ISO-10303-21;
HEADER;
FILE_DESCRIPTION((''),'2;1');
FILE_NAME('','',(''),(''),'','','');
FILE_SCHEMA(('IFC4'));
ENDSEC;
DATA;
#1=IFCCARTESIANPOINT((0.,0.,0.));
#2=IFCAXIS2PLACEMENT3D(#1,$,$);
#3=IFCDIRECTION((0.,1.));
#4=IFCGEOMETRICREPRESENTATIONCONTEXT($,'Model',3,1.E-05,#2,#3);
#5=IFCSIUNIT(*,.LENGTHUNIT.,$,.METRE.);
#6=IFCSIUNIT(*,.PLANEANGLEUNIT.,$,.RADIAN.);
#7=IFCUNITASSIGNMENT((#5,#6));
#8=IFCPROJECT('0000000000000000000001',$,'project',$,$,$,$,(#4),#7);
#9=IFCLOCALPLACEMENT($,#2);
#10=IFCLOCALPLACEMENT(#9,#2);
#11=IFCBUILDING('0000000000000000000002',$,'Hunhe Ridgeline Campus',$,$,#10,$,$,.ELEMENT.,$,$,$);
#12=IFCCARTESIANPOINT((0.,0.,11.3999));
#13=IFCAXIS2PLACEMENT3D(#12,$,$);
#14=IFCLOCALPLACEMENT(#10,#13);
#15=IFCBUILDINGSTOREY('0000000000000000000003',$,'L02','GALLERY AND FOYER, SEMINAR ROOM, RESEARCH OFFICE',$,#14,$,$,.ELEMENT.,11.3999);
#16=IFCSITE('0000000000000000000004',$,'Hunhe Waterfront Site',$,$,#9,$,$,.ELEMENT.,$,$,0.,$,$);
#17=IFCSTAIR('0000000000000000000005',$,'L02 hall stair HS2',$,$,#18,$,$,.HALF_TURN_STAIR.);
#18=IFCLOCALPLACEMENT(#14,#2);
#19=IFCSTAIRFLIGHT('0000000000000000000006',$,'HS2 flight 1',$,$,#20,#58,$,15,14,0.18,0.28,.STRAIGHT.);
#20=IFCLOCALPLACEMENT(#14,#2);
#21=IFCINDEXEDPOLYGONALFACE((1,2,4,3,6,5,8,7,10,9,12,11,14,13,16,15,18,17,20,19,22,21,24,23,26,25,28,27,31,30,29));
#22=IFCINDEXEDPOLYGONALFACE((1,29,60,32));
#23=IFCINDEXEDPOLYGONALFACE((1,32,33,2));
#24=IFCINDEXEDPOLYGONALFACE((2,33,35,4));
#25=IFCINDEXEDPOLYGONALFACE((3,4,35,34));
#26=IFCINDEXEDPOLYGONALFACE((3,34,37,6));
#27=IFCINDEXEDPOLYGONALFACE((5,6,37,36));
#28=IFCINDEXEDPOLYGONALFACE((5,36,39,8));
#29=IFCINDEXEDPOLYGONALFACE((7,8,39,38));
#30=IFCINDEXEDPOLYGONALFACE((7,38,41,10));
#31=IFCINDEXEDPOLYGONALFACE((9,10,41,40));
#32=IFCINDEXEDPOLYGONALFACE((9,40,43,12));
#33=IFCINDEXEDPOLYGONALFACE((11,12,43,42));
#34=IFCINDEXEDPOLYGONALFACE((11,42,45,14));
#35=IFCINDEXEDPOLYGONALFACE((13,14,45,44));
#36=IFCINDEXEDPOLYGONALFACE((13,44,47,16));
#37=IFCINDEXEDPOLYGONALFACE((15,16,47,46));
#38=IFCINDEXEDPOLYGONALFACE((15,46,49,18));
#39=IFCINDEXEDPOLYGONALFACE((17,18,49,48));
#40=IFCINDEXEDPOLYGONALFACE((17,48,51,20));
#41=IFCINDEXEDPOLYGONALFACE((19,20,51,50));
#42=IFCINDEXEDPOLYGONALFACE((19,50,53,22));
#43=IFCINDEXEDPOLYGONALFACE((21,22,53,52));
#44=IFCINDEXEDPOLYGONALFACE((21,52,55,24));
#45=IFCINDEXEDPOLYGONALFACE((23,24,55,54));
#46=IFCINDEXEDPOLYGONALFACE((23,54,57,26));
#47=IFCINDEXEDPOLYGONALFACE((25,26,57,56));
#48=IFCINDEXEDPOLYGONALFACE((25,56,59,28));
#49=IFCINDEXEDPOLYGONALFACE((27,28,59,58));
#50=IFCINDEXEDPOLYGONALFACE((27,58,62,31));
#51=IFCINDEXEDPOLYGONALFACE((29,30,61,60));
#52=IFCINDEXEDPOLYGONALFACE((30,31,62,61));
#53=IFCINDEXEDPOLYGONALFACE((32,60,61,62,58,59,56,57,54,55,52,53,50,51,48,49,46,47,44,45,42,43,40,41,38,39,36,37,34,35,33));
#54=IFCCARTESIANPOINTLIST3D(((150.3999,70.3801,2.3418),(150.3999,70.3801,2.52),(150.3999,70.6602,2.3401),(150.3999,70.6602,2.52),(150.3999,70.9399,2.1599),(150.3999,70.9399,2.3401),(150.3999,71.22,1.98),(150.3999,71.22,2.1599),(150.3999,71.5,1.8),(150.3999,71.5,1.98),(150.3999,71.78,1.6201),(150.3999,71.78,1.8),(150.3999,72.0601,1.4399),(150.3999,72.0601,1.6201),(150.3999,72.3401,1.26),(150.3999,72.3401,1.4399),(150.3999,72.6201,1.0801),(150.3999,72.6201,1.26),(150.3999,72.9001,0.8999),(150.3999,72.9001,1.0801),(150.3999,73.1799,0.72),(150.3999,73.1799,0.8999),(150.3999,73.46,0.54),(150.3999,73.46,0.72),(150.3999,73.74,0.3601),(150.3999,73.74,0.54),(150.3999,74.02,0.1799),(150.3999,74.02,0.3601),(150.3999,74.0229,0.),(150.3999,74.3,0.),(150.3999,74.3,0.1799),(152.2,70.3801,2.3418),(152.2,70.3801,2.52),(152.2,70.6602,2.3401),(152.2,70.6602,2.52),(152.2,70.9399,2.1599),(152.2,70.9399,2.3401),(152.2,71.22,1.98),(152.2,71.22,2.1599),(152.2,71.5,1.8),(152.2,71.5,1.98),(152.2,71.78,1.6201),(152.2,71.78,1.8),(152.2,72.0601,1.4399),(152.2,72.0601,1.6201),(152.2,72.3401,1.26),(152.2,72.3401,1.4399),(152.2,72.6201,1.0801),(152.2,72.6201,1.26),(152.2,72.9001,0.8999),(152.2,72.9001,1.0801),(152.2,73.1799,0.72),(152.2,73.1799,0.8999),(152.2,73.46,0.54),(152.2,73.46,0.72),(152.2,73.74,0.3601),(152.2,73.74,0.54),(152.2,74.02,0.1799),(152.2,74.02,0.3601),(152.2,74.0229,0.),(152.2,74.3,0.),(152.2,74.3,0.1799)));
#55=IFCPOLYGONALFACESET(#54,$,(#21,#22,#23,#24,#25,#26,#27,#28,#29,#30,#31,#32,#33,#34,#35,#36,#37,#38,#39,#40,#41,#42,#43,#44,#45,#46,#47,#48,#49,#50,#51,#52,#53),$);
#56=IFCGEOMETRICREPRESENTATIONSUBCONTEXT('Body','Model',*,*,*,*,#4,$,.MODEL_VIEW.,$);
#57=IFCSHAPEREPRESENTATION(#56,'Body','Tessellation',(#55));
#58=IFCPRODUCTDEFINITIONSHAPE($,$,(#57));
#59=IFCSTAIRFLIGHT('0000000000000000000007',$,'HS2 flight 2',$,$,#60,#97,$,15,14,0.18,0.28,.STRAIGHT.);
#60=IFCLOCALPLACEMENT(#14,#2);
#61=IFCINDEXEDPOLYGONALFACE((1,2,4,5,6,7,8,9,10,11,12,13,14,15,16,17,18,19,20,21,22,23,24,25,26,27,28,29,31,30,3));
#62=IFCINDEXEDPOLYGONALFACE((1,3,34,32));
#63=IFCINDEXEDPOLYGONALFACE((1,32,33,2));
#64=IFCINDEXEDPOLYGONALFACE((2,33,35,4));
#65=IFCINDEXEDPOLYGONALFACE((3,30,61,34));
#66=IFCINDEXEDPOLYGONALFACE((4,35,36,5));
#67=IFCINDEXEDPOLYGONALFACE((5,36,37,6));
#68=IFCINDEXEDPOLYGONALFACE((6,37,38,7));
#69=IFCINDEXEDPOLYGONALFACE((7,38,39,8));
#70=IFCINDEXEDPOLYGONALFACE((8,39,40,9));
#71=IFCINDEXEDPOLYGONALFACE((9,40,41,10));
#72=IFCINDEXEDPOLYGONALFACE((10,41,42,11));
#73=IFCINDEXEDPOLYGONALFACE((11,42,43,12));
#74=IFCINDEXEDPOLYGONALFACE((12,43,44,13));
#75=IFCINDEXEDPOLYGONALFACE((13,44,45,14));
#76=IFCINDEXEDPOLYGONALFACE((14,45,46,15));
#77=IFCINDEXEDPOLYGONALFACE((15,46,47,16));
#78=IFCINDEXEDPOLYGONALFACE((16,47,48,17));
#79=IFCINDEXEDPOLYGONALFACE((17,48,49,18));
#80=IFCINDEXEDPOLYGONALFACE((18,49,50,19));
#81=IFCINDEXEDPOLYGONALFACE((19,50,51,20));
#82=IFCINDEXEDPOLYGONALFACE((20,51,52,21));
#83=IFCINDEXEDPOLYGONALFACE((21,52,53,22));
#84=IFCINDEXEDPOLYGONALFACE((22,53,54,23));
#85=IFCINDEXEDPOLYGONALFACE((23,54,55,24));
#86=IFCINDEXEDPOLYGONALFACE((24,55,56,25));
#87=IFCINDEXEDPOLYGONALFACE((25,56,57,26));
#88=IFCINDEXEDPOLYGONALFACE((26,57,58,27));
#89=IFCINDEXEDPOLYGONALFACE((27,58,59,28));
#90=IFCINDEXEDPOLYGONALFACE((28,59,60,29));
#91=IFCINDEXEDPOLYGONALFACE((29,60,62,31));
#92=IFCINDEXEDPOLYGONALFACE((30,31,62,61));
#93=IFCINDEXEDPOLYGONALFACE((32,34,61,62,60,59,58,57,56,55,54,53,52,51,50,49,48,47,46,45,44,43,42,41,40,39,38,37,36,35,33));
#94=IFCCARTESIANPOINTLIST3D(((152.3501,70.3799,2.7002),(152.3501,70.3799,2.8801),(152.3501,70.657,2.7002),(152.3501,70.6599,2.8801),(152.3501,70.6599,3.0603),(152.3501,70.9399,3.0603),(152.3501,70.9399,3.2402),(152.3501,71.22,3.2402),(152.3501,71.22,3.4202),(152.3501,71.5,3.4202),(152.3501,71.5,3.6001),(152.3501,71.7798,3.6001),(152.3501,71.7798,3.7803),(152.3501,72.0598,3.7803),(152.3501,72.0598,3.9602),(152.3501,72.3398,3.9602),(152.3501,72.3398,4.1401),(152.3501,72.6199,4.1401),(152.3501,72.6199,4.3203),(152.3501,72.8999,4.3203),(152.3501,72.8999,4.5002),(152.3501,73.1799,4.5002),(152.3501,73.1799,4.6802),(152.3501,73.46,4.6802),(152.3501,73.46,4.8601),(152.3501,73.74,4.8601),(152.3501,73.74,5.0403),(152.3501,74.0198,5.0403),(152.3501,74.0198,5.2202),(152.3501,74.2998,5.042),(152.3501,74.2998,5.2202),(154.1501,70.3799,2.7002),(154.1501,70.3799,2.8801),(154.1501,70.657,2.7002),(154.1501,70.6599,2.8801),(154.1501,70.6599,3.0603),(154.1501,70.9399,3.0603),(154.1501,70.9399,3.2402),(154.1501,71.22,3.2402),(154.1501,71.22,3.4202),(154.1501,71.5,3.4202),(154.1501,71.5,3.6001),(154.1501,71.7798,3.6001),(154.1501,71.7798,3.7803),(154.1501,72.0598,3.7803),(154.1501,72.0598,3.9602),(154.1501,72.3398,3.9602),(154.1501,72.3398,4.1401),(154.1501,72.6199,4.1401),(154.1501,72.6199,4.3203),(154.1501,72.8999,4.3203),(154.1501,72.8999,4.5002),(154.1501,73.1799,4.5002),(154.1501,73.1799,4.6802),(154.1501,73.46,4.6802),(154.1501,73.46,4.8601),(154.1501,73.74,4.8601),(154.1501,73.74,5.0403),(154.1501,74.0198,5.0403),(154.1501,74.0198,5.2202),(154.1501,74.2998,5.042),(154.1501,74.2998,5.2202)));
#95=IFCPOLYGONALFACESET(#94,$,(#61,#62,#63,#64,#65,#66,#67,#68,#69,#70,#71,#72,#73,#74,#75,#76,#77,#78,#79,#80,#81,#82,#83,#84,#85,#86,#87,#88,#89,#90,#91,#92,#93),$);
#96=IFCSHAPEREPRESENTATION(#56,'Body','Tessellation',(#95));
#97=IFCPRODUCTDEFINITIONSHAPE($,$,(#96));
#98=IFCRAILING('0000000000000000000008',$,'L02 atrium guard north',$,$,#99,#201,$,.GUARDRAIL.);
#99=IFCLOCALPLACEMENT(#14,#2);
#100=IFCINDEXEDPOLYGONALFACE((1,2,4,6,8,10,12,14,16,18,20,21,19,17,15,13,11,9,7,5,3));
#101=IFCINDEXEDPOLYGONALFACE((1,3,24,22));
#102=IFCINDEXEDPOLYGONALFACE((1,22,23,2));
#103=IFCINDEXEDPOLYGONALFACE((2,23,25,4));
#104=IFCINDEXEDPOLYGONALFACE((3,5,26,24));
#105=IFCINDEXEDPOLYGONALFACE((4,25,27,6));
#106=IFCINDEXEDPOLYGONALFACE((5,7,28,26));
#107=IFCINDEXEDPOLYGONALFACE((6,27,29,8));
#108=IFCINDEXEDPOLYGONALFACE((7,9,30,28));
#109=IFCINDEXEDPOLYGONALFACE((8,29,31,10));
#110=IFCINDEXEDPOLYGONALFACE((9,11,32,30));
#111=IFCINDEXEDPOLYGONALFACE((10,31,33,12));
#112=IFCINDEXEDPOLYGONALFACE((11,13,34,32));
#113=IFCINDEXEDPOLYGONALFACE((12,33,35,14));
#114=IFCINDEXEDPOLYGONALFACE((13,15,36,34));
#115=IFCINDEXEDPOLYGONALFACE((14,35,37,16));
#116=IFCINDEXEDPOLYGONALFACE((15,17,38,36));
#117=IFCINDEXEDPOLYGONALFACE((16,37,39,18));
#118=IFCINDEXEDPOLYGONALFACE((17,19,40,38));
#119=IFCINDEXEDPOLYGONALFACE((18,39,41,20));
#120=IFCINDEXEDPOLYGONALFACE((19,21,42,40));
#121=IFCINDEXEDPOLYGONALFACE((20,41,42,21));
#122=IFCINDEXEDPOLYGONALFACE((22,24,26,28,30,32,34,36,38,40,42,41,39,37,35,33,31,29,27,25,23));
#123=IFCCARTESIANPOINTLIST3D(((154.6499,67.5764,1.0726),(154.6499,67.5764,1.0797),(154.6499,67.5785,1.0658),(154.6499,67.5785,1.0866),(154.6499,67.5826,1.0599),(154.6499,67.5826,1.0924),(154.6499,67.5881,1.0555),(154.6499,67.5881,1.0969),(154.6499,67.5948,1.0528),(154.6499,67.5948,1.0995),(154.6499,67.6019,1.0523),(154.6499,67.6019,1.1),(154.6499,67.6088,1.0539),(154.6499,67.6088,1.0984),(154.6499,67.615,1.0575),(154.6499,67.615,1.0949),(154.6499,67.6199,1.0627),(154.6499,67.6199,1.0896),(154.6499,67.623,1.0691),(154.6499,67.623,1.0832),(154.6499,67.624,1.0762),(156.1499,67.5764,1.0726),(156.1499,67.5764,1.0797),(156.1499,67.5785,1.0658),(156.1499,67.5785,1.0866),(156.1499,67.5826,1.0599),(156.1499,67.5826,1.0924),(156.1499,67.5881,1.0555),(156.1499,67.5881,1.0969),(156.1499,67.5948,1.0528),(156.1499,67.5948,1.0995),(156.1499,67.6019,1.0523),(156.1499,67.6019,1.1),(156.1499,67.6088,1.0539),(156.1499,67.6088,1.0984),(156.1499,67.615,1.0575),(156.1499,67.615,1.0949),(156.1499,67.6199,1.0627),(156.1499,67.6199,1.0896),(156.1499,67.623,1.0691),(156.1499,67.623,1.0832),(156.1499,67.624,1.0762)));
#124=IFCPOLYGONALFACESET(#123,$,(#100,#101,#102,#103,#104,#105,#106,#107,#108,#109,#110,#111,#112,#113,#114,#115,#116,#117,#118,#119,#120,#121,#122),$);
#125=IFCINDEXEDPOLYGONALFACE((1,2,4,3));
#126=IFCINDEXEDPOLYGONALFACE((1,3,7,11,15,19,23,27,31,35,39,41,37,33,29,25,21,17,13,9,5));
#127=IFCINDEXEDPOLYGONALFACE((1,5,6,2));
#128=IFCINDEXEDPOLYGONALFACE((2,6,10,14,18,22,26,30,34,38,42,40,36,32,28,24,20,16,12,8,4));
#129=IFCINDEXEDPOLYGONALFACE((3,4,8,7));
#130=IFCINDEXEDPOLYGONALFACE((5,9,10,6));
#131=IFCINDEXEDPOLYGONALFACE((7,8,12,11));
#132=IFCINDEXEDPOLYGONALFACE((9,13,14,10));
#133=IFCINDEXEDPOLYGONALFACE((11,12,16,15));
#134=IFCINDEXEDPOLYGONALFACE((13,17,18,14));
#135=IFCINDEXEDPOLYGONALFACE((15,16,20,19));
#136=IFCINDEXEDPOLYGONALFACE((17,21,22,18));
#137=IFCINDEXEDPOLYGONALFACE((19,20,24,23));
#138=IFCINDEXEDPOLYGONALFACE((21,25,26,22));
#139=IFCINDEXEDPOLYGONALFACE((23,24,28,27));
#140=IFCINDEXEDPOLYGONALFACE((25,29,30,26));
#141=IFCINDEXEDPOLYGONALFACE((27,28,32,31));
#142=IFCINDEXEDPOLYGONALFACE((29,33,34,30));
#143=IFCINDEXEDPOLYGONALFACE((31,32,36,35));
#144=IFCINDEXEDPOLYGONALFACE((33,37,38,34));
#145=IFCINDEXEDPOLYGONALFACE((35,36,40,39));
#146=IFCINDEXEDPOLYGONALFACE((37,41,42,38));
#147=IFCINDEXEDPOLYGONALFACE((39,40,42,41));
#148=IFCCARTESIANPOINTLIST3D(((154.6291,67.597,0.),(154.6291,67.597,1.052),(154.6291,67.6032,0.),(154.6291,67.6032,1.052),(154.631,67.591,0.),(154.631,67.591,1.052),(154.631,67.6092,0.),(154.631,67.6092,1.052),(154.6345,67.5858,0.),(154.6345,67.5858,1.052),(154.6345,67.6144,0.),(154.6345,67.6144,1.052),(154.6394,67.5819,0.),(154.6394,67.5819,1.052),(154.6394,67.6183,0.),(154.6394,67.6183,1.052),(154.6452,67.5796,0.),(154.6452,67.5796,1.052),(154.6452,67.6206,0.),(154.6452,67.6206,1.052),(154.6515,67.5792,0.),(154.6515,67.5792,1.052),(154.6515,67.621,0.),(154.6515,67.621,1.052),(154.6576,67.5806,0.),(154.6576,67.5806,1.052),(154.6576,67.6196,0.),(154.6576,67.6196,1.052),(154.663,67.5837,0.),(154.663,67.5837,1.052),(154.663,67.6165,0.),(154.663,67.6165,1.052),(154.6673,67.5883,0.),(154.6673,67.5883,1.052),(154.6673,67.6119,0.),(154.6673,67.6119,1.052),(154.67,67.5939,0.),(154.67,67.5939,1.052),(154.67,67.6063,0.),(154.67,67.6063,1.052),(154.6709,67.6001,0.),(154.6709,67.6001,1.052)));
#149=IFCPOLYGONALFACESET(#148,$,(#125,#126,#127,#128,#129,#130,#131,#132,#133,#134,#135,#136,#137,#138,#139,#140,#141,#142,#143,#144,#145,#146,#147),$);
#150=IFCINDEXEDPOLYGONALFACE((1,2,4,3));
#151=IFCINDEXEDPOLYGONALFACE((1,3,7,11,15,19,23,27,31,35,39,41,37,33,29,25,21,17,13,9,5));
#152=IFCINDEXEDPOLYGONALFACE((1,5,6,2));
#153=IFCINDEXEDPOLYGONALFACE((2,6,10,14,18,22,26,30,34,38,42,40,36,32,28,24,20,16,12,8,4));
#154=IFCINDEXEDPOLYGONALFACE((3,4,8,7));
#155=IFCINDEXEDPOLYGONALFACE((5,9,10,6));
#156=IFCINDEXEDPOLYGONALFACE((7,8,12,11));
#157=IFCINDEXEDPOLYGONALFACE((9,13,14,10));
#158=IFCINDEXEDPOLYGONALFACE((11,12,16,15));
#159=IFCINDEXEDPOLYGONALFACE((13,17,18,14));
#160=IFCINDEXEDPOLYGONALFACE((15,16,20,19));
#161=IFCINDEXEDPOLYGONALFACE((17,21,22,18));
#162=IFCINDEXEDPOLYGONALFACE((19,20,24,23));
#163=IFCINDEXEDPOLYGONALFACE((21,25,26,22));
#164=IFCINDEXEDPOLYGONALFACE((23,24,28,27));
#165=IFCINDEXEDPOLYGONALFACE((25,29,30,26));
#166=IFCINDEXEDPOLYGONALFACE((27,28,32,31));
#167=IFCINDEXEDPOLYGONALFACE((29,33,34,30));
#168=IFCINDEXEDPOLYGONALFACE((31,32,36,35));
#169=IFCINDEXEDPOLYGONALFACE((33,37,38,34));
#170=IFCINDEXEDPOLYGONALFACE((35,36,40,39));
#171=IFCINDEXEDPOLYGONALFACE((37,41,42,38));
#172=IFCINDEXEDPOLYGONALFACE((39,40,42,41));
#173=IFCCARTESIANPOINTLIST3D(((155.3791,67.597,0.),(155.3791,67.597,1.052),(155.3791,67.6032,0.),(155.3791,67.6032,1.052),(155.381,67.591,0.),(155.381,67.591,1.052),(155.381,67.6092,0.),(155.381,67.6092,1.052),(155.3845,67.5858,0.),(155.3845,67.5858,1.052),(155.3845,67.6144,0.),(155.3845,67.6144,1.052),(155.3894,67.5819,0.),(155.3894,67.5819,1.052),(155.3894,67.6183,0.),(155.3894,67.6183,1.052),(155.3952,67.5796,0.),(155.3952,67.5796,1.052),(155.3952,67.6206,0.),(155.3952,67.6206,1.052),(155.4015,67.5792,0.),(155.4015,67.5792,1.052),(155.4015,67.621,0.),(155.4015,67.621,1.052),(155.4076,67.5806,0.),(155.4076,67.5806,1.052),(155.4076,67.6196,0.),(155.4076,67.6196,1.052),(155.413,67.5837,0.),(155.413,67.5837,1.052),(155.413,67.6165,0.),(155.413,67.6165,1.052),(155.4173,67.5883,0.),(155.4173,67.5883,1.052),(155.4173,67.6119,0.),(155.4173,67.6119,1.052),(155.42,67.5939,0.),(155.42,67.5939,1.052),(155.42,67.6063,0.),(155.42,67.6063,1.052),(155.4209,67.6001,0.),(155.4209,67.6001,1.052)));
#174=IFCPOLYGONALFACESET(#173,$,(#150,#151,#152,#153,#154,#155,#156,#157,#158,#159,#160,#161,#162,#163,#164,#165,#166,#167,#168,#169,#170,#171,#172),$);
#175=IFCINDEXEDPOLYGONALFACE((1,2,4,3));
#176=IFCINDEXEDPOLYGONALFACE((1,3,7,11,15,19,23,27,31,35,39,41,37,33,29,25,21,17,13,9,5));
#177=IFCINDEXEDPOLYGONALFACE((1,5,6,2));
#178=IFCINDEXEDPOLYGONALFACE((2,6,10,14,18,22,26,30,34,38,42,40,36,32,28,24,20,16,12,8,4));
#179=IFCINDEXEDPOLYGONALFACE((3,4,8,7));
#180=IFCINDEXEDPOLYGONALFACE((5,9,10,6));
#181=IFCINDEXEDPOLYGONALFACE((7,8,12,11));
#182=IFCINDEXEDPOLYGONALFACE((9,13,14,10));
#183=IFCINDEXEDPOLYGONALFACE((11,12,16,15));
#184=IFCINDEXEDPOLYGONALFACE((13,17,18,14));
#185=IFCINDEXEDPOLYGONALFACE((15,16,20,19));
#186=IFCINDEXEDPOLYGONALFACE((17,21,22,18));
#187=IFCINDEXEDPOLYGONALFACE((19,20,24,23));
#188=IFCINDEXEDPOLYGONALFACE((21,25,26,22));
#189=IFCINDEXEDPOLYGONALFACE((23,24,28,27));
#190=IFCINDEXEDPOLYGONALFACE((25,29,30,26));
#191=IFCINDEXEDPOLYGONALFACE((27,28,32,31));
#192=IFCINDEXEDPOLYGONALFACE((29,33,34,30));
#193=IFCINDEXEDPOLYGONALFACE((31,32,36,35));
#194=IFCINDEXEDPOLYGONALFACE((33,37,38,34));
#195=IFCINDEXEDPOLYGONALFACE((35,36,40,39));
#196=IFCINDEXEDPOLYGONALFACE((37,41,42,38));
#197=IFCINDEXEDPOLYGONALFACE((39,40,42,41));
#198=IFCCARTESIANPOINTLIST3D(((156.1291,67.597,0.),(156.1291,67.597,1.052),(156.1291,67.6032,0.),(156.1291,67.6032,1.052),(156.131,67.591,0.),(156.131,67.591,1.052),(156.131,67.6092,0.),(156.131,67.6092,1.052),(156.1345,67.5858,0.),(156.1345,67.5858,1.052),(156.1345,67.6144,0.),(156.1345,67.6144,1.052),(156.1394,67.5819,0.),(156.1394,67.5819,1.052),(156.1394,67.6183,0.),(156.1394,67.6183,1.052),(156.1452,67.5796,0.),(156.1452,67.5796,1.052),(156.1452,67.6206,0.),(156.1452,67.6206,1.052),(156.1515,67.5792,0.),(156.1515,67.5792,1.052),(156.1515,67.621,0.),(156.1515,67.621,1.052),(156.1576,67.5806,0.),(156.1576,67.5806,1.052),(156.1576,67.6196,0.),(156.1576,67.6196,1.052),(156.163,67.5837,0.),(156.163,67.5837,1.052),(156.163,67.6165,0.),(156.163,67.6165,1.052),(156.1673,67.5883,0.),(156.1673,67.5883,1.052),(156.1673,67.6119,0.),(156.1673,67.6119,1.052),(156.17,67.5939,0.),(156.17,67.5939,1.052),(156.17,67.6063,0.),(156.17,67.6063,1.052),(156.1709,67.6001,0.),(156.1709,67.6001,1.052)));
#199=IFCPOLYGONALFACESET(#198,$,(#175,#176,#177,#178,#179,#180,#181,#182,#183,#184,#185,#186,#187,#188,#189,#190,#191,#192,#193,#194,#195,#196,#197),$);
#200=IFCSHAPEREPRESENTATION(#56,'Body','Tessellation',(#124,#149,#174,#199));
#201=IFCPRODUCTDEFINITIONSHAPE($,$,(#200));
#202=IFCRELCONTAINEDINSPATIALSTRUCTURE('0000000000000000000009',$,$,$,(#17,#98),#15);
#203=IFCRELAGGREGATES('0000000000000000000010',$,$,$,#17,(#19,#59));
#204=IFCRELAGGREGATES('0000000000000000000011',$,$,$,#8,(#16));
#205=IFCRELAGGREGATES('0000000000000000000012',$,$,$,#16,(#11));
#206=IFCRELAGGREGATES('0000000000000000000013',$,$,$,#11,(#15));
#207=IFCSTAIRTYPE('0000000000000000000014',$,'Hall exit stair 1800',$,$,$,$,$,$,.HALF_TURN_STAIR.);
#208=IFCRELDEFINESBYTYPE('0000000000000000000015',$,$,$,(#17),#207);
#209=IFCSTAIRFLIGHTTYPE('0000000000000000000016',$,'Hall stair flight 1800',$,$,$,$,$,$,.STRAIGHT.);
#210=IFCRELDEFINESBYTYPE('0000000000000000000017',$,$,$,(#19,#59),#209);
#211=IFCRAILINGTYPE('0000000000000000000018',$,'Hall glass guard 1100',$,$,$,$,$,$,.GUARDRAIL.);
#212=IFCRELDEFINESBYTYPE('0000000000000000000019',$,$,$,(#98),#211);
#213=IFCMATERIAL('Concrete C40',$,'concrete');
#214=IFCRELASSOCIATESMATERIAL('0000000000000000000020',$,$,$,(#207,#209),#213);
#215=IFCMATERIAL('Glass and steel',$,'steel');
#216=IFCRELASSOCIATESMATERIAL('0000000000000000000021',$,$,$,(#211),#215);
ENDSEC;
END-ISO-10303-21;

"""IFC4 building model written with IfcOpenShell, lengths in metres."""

from ifc_helpers import new_model, si_unit, direction, frame, origin, origin_2d, place, context, subcontext, project, spatial, polyline, circle, outline, extrude, material, type_object, element, aggregate, save


model = new_model("IFC4")

# Units and contexts
model_context = context("Model", 3, precision=1e-05, world=origin(), true_north=direction((0.0, 1.0)))
body_context = subcontext(model_context, "Body", "Model", "MODEL_VIEW")
ifc_project = project(units=[si_unit("LENGTHUNIT", "METRE"), si_unit("PLANEANGLEUNIT", "RADIAN")], contexts=[model_context])

# Site, building, storey
site_placement = place(None, origin())
site = spatial("IfcSite", under=ifc_project, at=site_placement, Name="Hunhe Waterfront Site", CompositionType="ELEMENT", RefElevation=0.0)
building_placement = place(site_placement, origin())
building = spatial("IfcBuilding", under=site, at=building_placement, Name="Hunhe Ridgeline Campus", CompositionType="ELEMENT")
storey_placement = place(building_placement, frame((0.0, 0.0, 11.3999)))
storey = spatial("IfcBuildingStorey", under=building, at=storey_placement, Name="L02", Description="GALLERY AND FOYER, SEMINAR ROOM, RESEARCH OFFICE", CompositionType="ELEMENT", Elevation=11.3999)

# Shared definitions
ifc_material_1 = material(Name="Concrete C40", Category="concrete")

# Stair, stair flights
stair_type = type_object("IfcStairType", Name="Hall exit stair 1800", PredefinedType="HALF_TURN_STAIR", material=ifc_material_1)
stair_placement = place(storey_placement, origin())
stair = element("IfcStair", 1, at=stair_placement, inside=storey, type_object=stair_type, Name="L02 hall stair HS2", PredefinedType="HALF_TURN_STAIR")
stair_flight_type = type_object("IfcStairFlightType", Name="Hall stair flight 1800", PredefinedType="STRAIGHT", material=ifc_material_1)
stair_flight_1_placement = place(storey_placement, frame((151.3, 74.3, 0.0), z_axis=(0.0, 0.0, 1.0), x_axis=(0.0, -1.0, 0.0)))
stair_flight_1 = element("IfcStairFlight", 2, at=stair_flight_1_placement, type_object=stair_flight_type, Name="HS2 flight 1", NumberOfRisers=15, NumberOfTreads=14, PredefinedType="STRAIGHT", RiserHeight=0.18, TreadLength=0.28, context=body_context, shape_type="SweptSolid", body=[
    extrude(outline(polyline([(0.0, 0.0), (0.0, 0.1799), (0.28, 0.1799), (0.28, 0.3601), (0.5601, 0.3601), (0.5601, 0.54), (0.8401, 0.54), (0.8401, 0.72), (1.1201, 0.72), (1.1201, 0.8999), (1.3999, 0.8999), (1.3999, 1.0801), (1.6799, 1.0801), (1.6799, 1.26), (1.96, 1.26), (1.96, 1.4399), (2.24, 1.4399), (2.24, 1.6201), (2.52, 1.6201), (2.52, 1.8), (2.8, 1.8), (2.8, 1.98), (3.0801, 1.98), (3.0801, 2.1599), (3.3601, 2.1599), (3.3601, 2.3401), (3.6399, 2.3401), (3.6399, 2.52), (3.9199, 2.52), (3.9199, 2.7), (3.9199, 2.3418), (0.2771, 0.0), (0.0, 0.0)])), frame((0.0, 0.8999, 0.0), z_axis=(0.0, -1.0, 0.0), x_axis=(1.0, 0.0, 0.0)), (0.0, 0.0, 1.0), 1.8),
])
stair_flight_2_placement = place(storey_placement, frame((153.25, 70.3799, 2.7002), z_axis=(0.0, 0.0, 1.0), x_axis=(0.0, 1.0, 0.0)))
stair_flight_2 = element("IfcStairFlight", 3, at=stair_flight_2_placement, type_object=stair_flight_type, Name="HS2 flight 2", NumberOfRisers=15, NumberOfTreads=14, PredefinedType="STRAIGHT", RiserHeight=0.18, TreadLength=0.28, context=body_context, shape_type="SweptSolid", body=[
    extrude(outline(polyline([(0.0, 0.0), (0.0, 0.1799), (0.28, 0.1799), (0.28, 0.3601), (0.5601, 0.3601), (0.5601, 0.54), (0.8401, 0.54), (0.8401, 0.72), (1.1201, 0.72), (1.1201, 0.8999), (1.3999, 0.8999), (1.3999, 1.0801), (1.6799, 1.0801), (1.6799, 1.26), (1.96, 1.26), (1.96, 1.4399), (2.24, 1.4399), (2.24, 1.6201), (2.52, 1.6201), (2.52, 1.8), (2.8, 1.8), (2.8, 1.98), (3.0801, 1.98), (3.0801, 2.1599), (3.3601, 2.1599), (3.3601, 2.3401), (3.6399, 2.3401), (3.6399, 2.52), (3.9199, 2.52), (3.9199, 2.7), (3.9199, 2.3418), (0.2771, 0.0), (0.0, 0.0)])), frame((0.0, 0.8999, 0.0), z_axis=(0.0, -1.0, 0.0), x_axis=(1.0, 0.0, 0.0)), (0.0, 0.0, 1.0), 1.8),
])
aggregate(stair, [stair_flight_1, stair_flight_2])

# Railing
ifc_material_2 = material(Name="Glass and steel", Category="steel")
railing_type_1 = type_object("IfcRailingType", Name="Hall glass guard 1100", PredefinedType="GUARDRAIL", material=ifc_material_2)
railing_1_placement = place(storey_placement, frame((154.6499, 67.6001, 0.0)))
element("IfcRailing", 4, at=railing_1_placement, inside=storey, type_object=railing_type_1, Name="L02 atrium guard north", PredefinedType="GUARDRAIL", context=body_context, shape_type="SweptSolid", body=[
    extrude(circle(Radius=0.0239, at=origin_2d()), frame((0.0, 0.0, 1.0762), z_axis=(1.0, 0.0, 0.0), x_axis=(0.0, 1.0, 0.0)), (0.0, 0.0, 1.0), 1.5),
    extrude(circle(Radius=0.021, at=origin_2d()), origin(), (0.0, 0.0, 1.0), 1.052),
    extrude(circle(Radius=0.021, at=origin_2d()), frame((0.75, 0.0, 0.0)), (0.0, 0.0, 1.0), 1.052),
    extrude(circle(Radius=0.021, at=origin_2d()), frame((1.5, 0.0, 0.0)), (0.0, 0.0, 1.0), 1.052),
])

save(model, "model.ifc")
